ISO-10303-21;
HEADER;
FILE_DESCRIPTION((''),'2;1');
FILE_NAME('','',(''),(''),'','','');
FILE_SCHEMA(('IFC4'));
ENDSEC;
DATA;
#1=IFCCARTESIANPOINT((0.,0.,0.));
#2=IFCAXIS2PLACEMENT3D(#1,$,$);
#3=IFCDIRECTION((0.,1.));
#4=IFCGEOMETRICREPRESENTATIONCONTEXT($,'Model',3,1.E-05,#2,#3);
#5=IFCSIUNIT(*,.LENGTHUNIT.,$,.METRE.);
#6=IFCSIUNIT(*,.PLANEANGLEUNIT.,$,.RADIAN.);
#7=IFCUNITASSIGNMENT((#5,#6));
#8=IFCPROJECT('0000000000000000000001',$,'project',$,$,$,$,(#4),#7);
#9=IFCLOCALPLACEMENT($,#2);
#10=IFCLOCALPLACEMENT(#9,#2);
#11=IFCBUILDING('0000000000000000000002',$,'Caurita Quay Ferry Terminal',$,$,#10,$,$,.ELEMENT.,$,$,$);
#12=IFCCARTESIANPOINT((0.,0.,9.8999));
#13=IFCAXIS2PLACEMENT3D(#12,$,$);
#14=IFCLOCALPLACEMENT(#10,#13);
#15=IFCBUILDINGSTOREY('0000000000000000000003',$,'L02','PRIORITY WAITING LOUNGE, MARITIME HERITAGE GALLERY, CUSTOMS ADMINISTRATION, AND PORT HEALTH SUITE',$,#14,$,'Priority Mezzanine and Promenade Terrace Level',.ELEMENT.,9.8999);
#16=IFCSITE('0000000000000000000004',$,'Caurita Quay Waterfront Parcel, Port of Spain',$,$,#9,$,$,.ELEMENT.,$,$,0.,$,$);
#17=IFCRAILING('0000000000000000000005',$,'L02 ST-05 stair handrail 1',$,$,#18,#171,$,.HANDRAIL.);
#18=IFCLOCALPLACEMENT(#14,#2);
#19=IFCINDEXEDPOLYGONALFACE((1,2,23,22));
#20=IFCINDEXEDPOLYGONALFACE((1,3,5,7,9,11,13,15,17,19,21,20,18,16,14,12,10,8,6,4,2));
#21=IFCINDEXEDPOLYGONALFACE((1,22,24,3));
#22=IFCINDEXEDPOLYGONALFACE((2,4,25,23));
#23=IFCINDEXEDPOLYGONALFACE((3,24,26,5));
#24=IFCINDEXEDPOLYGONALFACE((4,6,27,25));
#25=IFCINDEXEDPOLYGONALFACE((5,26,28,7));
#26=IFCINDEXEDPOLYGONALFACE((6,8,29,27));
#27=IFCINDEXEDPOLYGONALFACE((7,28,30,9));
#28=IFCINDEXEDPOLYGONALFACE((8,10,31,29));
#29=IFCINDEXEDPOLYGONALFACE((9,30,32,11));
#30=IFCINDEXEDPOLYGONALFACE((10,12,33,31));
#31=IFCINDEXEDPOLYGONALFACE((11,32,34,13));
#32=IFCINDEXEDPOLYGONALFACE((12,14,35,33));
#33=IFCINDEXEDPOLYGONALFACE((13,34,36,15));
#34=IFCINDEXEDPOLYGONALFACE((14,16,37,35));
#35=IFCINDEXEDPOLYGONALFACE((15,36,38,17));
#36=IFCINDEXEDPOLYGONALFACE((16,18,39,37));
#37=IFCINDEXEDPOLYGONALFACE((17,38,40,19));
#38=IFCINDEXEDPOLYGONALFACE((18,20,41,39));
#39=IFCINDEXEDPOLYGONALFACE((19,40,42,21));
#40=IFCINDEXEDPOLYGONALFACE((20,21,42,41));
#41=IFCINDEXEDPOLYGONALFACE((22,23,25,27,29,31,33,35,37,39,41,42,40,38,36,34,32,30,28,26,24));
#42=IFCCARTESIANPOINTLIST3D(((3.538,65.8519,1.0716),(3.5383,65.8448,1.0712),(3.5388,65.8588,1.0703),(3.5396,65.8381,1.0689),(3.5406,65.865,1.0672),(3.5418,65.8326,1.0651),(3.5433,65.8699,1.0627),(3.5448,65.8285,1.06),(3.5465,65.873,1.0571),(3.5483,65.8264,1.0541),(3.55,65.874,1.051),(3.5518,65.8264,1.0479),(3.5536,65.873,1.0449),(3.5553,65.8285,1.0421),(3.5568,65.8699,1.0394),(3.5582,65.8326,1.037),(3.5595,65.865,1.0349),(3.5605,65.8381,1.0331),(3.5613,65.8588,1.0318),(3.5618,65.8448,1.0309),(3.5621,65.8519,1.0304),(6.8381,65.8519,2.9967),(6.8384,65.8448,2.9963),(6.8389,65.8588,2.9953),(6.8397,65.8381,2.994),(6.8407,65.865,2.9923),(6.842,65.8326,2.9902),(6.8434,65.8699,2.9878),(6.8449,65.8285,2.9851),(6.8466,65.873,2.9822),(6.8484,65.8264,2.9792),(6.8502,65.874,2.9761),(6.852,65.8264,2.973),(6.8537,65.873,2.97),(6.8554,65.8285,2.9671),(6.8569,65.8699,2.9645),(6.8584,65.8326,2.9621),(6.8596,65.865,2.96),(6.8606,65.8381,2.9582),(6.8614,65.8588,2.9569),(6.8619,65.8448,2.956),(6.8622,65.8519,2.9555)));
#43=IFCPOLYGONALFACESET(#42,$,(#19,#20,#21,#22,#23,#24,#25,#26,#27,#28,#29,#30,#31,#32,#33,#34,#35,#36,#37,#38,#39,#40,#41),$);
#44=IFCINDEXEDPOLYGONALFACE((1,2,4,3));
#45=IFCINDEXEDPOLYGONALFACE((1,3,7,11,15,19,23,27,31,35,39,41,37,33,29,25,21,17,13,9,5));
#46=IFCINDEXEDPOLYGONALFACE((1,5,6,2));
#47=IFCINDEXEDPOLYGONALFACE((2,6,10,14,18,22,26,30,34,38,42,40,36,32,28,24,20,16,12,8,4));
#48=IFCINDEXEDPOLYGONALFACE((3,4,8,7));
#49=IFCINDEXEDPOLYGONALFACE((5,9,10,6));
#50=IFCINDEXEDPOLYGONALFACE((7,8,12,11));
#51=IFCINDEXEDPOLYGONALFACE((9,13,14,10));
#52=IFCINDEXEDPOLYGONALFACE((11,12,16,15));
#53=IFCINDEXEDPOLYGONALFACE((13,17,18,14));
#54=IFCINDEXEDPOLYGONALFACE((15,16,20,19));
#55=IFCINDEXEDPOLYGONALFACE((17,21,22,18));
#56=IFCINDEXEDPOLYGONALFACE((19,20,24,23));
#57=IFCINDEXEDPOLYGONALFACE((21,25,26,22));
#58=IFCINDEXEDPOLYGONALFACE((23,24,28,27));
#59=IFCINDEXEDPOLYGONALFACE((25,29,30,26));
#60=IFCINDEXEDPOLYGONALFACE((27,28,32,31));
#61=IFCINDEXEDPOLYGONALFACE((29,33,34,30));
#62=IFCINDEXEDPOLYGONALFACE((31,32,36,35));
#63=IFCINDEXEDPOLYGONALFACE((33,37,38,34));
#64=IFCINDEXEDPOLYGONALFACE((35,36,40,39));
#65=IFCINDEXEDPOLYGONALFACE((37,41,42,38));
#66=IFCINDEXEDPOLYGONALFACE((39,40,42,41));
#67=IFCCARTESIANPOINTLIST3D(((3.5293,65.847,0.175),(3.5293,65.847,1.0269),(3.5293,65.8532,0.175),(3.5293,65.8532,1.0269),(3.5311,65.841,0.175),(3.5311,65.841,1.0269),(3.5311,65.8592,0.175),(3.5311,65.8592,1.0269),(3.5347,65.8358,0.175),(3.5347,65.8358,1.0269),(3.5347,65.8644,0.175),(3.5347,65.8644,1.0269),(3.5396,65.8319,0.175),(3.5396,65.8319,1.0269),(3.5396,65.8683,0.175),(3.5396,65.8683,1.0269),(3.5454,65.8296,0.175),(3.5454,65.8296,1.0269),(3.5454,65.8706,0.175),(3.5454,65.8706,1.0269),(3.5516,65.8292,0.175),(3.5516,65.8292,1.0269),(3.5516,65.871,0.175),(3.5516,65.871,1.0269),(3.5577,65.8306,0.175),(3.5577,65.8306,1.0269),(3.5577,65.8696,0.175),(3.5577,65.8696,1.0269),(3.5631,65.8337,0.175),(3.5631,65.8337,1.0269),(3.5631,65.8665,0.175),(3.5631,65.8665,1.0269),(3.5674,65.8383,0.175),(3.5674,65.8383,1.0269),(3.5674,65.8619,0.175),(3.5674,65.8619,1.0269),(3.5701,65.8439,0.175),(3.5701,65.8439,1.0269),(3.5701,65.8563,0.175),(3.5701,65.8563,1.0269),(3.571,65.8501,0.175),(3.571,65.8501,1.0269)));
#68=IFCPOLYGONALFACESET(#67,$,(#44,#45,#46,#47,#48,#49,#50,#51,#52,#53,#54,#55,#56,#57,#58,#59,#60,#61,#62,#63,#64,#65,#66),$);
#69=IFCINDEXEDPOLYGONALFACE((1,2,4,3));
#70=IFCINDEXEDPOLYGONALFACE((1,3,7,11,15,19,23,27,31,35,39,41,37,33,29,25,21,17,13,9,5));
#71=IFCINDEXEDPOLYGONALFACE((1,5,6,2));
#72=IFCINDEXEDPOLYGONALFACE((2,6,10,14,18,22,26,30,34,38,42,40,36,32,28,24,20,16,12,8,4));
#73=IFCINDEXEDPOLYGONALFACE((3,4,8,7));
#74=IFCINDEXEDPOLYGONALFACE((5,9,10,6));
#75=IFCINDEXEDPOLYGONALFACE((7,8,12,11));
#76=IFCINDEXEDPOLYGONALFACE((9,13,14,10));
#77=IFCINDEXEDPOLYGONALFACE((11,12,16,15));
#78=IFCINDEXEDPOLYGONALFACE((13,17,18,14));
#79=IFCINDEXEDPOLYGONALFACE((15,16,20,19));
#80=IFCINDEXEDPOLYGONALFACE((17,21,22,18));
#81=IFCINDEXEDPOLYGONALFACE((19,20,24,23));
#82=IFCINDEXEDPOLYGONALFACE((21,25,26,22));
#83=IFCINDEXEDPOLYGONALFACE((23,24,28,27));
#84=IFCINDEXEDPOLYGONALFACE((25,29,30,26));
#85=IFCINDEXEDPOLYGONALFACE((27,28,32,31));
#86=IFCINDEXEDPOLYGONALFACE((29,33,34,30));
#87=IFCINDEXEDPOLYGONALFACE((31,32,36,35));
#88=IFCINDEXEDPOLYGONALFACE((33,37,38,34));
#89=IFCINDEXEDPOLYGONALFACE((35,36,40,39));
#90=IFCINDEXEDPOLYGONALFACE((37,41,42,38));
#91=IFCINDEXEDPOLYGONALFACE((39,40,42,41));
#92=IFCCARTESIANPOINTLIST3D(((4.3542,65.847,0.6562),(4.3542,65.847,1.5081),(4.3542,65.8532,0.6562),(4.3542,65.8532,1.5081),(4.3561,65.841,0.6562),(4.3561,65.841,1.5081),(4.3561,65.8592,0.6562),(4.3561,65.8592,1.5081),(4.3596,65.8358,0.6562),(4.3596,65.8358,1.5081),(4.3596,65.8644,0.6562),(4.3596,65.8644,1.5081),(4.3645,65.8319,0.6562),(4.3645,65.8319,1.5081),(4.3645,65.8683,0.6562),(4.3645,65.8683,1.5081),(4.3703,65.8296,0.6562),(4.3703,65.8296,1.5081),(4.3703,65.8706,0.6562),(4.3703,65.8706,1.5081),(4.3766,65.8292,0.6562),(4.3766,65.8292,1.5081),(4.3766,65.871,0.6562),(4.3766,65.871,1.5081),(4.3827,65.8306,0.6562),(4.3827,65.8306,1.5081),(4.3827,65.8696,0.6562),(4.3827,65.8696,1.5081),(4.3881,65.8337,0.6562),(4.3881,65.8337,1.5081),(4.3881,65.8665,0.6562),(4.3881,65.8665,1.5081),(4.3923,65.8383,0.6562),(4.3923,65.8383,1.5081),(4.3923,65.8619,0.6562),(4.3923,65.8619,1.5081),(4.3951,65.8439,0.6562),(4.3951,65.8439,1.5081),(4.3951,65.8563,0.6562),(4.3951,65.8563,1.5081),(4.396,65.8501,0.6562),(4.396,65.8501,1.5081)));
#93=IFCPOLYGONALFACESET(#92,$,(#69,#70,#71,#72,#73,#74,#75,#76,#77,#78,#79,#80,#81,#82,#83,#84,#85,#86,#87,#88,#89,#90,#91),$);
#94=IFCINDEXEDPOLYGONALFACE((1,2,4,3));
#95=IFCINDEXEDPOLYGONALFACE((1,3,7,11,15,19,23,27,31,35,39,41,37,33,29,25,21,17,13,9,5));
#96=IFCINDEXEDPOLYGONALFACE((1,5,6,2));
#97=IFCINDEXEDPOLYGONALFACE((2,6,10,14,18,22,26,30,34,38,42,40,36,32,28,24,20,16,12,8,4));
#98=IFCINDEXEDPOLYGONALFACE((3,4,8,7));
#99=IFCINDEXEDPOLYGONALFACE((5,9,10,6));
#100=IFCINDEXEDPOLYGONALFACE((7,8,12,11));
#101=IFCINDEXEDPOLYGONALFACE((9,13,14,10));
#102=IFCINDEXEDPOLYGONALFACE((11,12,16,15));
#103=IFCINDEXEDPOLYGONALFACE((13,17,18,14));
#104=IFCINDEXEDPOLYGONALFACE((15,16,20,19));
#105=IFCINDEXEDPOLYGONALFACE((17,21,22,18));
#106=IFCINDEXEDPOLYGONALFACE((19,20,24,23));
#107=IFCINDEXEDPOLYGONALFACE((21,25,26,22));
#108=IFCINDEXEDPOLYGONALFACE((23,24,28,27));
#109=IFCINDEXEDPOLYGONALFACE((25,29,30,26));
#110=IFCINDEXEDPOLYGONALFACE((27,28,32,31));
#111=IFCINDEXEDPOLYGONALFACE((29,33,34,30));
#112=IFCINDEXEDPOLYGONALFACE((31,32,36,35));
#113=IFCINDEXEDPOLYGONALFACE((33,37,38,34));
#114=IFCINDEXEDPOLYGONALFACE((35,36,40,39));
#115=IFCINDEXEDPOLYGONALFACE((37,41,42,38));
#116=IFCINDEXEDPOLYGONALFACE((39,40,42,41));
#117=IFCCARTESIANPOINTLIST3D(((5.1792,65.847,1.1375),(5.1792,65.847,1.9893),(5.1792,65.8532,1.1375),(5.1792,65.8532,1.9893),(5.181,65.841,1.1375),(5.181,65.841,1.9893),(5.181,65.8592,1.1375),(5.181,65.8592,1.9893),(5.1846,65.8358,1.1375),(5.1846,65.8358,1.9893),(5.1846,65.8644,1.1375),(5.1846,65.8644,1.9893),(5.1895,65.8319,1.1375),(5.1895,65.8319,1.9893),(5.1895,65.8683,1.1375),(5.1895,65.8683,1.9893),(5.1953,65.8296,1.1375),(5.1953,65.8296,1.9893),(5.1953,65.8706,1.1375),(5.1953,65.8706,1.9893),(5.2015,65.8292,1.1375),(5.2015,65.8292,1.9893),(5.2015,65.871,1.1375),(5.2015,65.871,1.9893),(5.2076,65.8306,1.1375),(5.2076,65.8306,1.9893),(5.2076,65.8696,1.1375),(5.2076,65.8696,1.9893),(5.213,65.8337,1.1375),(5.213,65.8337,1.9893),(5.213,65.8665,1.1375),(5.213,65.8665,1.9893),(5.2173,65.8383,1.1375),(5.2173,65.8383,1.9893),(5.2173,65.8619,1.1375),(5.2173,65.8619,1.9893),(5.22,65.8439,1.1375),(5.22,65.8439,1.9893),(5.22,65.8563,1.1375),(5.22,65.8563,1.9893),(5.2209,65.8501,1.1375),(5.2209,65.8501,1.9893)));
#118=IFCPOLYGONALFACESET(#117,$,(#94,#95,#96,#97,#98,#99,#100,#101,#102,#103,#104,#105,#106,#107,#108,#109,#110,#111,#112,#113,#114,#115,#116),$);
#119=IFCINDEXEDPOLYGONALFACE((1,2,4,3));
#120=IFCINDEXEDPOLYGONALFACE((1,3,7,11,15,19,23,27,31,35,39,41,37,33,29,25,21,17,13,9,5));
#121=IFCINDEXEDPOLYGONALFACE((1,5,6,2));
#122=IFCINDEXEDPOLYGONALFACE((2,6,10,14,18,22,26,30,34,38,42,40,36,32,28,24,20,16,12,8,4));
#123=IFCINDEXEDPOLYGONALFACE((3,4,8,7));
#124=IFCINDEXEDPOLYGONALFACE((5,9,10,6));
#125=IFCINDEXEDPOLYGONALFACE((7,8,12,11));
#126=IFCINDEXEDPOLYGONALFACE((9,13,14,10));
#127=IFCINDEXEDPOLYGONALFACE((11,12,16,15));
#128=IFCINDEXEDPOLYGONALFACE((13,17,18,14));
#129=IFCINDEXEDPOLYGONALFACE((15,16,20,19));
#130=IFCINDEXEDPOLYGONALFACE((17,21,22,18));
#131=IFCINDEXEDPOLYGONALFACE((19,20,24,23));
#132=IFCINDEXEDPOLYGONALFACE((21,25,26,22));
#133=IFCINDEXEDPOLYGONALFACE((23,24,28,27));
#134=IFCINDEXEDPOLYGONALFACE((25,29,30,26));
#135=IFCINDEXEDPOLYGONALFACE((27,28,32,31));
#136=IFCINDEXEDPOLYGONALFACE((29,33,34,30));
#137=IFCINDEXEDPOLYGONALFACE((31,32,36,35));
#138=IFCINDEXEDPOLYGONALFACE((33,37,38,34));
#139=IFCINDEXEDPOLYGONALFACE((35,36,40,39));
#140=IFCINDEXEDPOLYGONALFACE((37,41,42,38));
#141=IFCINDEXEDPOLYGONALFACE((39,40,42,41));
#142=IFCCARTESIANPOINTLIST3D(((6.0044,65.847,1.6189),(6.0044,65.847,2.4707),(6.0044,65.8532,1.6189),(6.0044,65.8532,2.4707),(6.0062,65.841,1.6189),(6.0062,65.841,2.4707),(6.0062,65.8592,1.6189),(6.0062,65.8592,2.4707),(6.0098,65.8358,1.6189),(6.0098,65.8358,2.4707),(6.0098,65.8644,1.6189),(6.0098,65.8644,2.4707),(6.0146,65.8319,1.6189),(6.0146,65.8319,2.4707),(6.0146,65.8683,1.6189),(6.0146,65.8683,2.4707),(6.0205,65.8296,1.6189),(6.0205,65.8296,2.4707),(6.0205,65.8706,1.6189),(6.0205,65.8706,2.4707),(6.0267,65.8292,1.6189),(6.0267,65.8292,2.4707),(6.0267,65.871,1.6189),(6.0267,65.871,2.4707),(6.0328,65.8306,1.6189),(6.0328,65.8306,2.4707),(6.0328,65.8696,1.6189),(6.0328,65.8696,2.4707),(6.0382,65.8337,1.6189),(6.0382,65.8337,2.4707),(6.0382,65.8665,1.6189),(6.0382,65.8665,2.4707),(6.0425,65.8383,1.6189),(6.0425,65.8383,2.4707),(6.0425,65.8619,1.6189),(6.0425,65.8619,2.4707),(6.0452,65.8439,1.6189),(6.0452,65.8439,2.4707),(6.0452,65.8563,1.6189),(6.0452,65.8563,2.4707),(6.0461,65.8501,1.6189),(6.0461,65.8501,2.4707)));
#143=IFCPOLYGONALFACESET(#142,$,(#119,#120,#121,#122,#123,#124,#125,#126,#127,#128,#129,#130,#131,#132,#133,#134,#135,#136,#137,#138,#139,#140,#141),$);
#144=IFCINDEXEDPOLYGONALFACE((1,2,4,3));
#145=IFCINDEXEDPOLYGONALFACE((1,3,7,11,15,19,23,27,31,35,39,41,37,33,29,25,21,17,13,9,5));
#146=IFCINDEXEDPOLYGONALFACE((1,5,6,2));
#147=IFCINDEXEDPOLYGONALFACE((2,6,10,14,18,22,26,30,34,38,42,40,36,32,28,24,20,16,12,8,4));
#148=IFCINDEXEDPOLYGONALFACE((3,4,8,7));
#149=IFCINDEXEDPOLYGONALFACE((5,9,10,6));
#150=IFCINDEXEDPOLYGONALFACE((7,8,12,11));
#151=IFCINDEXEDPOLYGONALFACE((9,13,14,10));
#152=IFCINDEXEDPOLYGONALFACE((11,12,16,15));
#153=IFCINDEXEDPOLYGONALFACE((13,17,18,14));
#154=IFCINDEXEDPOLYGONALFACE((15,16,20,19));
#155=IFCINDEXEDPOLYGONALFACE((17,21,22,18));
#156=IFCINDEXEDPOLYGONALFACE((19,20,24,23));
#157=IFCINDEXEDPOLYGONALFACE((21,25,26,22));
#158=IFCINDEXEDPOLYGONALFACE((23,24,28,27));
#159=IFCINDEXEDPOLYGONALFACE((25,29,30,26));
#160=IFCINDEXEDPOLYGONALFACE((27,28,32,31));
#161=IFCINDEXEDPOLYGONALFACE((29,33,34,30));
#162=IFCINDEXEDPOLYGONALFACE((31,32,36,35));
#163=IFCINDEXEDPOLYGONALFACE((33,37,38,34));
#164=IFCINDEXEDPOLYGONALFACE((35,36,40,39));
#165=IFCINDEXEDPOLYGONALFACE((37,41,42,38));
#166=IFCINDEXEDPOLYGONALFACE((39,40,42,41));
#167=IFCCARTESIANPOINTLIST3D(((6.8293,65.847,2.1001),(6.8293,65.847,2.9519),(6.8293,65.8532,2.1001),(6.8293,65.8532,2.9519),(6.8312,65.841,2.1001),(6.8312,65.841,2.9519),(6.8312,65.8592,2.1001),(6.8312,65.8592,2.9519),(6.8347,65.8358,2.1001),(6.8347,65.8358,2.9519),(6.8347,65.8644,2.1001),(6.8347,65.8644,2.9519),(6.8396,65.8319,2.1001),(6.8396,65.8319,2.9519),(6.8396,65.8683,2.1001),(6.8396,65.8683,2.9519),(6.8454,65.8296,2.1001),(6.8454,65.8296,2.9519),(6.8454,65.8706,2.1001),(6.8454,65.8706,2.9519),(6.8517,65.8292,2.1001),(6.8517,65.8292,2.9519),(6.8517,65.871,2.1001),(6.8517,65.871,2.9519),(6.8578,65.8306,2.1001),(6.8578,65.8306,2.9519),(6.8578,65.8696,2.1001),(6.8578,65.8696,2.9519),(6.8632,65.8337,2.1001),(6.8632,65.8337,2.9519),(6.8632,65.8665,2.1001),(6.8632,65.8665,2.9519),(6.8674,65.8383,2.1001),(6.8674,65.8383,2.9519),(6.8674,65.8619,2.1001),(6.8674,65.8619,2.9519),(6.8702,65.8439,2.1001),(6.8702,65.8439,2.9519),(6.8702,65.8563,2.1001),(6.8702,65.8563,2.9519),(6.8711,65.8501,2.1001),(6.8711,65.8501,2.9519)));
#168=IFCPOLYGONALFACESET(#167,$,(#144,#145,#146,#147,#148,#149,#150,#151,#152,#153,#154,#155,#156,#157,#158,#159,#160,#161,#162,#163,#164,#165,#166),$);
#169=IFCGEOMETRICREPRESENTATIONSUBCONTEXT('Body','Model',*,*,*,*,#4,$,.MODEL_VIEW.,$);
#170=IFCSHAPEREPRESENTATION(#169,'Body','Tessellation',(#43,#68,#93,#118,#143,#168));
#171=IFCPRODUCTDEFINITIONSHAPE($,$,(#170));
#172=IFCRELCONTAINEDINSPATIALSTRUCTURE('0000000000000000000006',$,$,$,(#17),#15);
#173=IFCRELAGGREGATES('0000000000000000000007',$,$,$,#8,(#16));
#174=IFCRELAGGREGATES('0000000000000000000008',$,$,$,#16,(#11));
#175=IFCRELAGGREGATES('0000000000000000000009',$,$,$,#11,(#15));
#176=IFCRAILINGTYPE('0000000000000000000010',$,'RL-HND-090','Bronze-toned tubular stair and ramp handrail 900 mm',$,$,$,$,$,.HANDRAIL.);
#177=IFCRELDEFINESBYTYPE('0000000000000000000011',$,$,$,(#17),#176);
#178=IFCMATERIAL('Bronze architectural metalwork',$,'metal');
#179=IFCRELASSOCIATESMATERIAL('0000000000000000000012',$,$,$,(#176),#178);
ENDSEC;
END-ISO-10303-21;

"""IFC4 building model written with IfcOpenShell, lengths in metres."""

from ifc_helpers import new_model, si_unit, direction, frame, origin, origin_2d, place, context, subcontext, project, spatial, circle, extrude, material, type_object, element, save


model = new_model("IFC4")

# Units and contexts
model_context = context("Model", 3, precision=1e-05, world=origin(), true_north=direction((0.0, 1.0)))
body_context = subcontext(model_context, "Body", "Model", "MODEL_VIEW")
ifc_project = project(units=[si_unit("LENGTHUNIT", "METRE"), si_unit("PLANEANGLEUNIT", "RADIAN")], contexts=[model_context])

# Site, building, storey
site_placement = place(None, origin())
site = spatial("IfcSite", under=ifc_project, at=site_placement, Name="Caurita Quay Waterfront Parcel, Port of Spain", CompositionType="ELEMENT", RefElevation=0.0)
building_placement = place(site_placement, origin())
building = spatial("IfcBuilding", under=site, at=building_placement, Name="Caurita Quay Ferry Terminal", CompositionType="ELEMENT")
storey_placement = place(building_placement, frame((0.0, 0.0, 9.8999)))
storey = spatial("IfcBuildingStorey", under=building, at=storey_placement, Name="L02", Description="PRIORITY WAITING LOUNGE, MARITIME HERITAGE GALLERY, CUSTOMS ADMINISTRATION, AND PORT HEALTH SUITE", LongName="Priority Mezzanine and Promenade Terrace Level", CompositionType="ELEMENT", Elevation=9.8999)

# Railing
ifc_material_1 = material(Name="Bronze architectural metalwork", Category="metal")
railing_type_1 = type_object("IfcRailingType", Name="RL-HND-090", Description="Bronze-toned tubular stair and ramp handrail 900 mm", PredefinedType="HANDRAIL", material=ifc_material_1)
railing_1_placement = place(storey_placement, frame((3.55, 65.8501, 0.175)))
element("IfcRailing", 1, at=railing_1_placement, inside=storey, type_object=railing_type_1, Name="L02 ST-05 stair handrail 1", PredefinedType="HANDRAIL", context=body_context, shape_type="SweptSolid", body=[
    extrude(circle(Radius=0.0239, at=origin_2d()), frame((0.0, 0.0, 0.876), z_axis=(0.863777, 0.0, 0.503875), x_axis=(0.0, 1.0, 0.0)), (0.0, 0.0, 1.0), 3.8206),
    extrude(circle(Radius=0.021, at=origin_2d()), origin(), (0.0, 0.0, 1.0), 0.8518),
    extrude(circle(Radius=0.021, at=origin_2d()), frame((0.825, 0.0, 0.4812)), (0.0, 0.0, 1.0), 0.8518),
    extrude(circle(Radius=0.021, at=origin_2d()), frame((1.6499, 0.0, 0.9624)), (0.0, 0.0, 1.0), 0.8518),
    extrude(circle(Radius=0.021, at=origin_2d()), frame((2.4751, 0.0, 1.4438)), (0.0, 0.0, 1.0), 0.8518),
    extrude(circle(Radius=0.021, at=origin_2d()), frame((3.3, 0.0, 1.925)), (0.0, 0.0, 1.0), 0.8518),
])

save(model, "model.ifc")
